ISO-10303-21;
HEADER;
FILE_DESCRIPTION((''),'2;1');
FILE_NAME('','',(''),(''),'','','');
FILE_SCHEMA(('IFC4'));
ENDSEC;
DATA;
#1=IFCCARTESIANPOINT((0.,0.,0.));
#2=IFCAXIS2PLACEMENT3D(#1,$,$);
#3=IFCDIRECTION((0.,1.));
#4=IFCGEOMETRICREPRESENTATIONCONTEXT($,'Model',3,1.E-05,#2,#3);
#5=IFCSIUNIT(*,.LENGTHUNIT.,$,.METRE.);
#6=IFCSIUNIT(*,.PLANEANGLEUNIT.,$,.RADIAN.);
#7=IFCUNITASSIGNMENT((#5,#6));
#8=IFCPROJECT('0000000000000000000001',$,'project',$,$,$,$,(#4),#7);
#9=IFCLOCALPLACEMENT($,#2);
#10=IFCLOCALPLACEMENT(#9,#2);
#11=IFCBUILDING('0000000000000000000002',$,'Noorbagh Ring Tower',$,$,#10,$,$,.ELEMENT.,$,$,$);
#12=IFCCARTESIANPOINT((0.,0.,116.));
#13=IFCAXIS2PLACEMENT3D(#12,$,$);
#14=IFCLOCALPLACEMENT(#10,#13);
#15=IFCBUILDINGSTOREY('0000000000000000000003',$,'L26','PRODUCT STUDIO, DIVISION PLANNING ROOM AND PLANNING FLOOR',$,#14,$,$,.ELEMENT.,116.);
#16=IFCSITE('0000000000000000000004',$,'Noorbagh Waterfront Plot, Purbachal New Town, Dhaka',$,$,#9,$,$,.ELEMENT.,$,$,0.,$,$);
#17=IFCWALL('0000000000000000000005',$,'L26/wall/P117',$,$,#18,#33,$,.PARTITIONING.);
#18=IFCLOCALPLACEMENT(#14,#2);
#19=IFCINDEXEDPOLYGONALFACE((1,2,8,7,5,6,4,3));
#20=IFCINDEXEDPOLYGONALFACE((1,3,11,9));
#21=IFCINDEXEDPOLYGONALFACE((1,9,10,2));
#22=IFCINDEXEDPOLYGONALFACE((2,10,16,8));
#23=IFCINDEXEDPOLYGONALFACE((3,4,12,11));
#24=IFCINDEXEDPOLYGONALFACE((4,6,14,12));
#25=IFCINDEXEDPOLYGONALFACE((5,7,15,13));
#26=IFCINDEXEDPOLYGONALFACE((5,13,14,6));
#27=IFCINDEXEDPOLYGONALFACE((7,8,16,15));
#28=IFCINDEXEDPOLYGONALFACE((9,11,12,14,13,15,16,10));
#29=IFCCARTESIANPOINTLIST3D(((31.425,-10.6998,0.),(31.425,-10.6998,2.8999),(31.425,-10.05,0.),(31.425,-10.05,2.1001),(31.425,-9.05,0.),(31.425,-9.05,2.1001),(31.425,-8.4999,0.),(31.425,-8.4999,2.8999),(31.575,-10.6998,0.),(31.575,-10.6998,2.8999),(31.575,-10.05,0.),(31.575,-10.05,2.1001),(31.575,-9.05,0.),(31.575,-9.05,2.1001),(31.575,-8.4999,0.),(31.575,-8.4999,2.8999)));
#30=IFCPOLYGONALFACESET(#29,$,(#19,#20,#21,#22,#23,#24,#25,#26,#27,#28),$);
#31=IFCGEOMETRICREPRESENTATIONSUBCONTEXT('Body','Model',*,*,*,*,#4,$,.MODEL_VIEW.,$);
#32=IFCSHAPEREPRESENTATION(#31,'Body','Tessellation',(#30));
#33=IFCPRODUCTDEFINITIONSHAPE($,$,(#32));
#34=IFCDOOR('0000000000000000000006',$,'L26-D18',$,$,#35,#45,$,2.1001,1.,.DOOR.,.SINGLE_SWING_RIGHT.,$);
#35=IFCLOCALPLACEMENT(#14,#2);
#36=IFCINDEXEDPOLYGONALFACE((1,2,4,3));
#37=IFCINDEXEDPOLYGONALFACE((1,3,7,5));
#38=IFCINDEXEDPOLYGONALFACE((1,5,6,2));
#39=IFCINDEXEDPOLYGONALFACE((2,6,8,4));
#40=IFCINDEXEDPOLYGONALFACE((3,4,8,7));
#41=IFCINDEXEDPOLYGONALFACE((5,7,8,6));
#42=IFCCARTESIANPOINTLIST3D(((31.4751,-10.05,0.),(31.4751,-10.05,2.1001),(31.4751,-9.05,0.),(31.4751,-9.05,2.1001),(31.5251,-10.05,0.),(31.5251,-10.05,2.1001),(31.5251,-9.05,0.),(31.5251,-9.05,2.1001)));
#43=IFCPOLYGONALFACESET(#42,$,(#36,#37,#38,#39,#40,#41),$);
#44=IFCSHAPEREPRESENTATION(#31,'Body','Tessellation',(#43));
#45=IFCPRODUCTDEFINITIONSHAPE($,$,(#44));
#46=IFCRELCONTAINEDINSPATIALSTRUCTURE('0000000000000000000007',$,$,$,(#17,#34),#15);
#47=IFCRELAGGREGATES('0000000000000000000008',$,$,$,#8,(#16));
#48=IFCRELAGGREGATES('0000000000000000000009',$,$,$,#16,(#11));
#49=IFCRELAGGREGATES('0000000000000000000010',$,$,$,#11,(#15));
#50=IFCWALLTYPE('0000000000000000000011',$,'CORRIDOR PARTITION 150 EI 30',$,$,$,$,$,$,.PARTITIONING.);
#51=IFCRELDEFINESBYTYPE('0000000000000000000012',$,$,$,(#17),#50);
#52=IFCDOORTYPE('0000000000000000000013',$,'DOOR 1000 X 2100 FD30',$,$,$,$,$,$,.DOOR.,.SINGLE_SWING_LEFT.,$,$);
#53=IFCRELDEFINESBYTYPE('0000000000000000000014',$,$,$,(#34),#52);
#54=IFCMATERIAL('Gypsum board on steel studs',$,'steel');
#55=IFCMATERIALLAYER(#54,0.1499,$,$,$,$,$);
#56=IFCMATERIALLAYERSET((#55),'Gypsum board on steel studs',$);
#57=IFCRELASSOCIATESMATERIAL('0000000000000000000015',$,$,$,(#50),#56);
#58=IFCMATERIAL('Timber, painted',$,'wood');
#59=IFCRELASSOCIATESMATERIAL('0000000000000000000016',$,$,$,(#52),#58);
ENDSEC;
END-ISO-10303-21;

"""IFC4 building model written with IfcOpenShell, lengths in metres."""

from ifc_helpers import new_model, si_unit, direction, frame, frame_2d, origin, place, context, subcontext, project, spatial, rectangle, extrude, material, layer, layer_set, type_object, element, fill, save


model = new_model("IFC4")

# Units and contexts
model_context = context("Model", 3, precision=1e-05, world=origin(), true_north=direction((0.0, 1.0)))
body_context = subcontext(model_context, "Body", "Model", "MODEL_VIEW")
ifc_project = project(units=[si_unit("LENGTHUNIT", "METRE"), si_unit("PLANEANGLEUNIT", "RADIAN")], contexts=[model_context])

# Site, building, storey
site_placement = place(None, origin())
site = spatial("IfcSite", under=ifc_project, at=site_placement, Name="Noorbagh Waterfront Plot, Purbachal New Town, Dhaka", CompositionType="ELEMENT", RefElevation=0.0)
building_placement = place(site_placement, origin())
building = spatial("IfcBuilding", under=site, at=building_placement, Name="Noorbagh Ring Tower", CompositionType="ELEMENT")
storey_placement = place(building_placement, frame((0.0, 0.0, 116.0)))
storey = spatial("IfcBuildingStorey", under=building, at=storey_placement, Name="L26", Description="PRODUCT STUDIO, DIVISION PLANNING ROOM AND PLANNING FLOOR", CompositionType="ELEMENT", Elevation=116.0)

# Wall, opening, door
ifc_material_1 = material(Name="Gypsum board on steel studs", Category="steel")
ifc_layer_1 = layer(ifc_material_1, 0.1499)
ifc_layer_set_1 = layer_set([ifc_layer_1], Name="Gypsum board on steel studs")
wall_type_1 = type_object("IfcWallType", Name="CORRIDOR PARTITION 150 EI 30", PredefinedType="PARTITIONING", material=ifc_layer_set_1)
wall_1_placement = place(storey_placement, frame((31.5, -10.7, 0.0), z_axis=(0.0, 0.0, 1.0), x_axis=(0.0, 1.0, 0.0)))
wall_1 = element("IfcWall", 1, at=wall_1_placement, inside=storey, type_object=wall_type_1, Name="L26/wall/P117", PredefinedType="PARTITIONING", context=body_context, shape_type="SweptSolid", body=[
    extrude(rectangle(XDim=2.2, YDim=0.1499, at=frame_2d((1.1001, 0.0))), origin(), (0.0, 0.0, 1.0), 2.8999),
])
opening_1_placement = place(wall_1_placement, frame((0.6499, 0.0, 0.0)))
opening_1 = element("IfcOpeningElement", 2, at=opening_1_placement, cuts=wall_1, PredefinedType="OPENING", context=body_context, shape_type="SweptSolid", body=[
    extrude(rectangle(XDim=1.0, YDim=2.1001, at=frame_2d((0.5, 1.05))), frame((0.0, 0.085, 0.0), z_axis=(0.0, -1.0, 0.0), x_axis=(1.0, 0.0, 0.0)), (0.0, 0.0, 1.0), 0.1699),
])
ifc_material_2 = material(Name="Timber, painted", Category="wood")
door_type_1 = type_object("IfcDoorType", Name="DOOR 1000 X 2100 FD30", OperationType="SINGLE_SWING_LEFT", PredefinedType="DOOR", material=ifc_material_2)
door_1_placement = place(opening_1_placement, origin())
door_1 = element("IfcDoor", 3, at=door_1_placement, inside=storey, type_object=door_type_1, Name="L26-D18", OperationType="SINGLE_SWING_RIGHT", OverallHeight=2.1001, OverallWidth=1.0, PredefinedType="DOOR", context=body_context, shape_type="SweptSolid", body=[
    extrude(rectangle(XDim=1.0, YDim=2.1001, at=frame_2d((0.5, 1.05))), frame((0.0, 0.0249, 0.0), z_axis=(0.0, -1.0, 0.0), x_axis=(1.0, 0.0, 0.0)), (0.0, 0.0, 1.0), 0.05),
])
fill(opening_1, door_1)

save(model, "model.ifc")
